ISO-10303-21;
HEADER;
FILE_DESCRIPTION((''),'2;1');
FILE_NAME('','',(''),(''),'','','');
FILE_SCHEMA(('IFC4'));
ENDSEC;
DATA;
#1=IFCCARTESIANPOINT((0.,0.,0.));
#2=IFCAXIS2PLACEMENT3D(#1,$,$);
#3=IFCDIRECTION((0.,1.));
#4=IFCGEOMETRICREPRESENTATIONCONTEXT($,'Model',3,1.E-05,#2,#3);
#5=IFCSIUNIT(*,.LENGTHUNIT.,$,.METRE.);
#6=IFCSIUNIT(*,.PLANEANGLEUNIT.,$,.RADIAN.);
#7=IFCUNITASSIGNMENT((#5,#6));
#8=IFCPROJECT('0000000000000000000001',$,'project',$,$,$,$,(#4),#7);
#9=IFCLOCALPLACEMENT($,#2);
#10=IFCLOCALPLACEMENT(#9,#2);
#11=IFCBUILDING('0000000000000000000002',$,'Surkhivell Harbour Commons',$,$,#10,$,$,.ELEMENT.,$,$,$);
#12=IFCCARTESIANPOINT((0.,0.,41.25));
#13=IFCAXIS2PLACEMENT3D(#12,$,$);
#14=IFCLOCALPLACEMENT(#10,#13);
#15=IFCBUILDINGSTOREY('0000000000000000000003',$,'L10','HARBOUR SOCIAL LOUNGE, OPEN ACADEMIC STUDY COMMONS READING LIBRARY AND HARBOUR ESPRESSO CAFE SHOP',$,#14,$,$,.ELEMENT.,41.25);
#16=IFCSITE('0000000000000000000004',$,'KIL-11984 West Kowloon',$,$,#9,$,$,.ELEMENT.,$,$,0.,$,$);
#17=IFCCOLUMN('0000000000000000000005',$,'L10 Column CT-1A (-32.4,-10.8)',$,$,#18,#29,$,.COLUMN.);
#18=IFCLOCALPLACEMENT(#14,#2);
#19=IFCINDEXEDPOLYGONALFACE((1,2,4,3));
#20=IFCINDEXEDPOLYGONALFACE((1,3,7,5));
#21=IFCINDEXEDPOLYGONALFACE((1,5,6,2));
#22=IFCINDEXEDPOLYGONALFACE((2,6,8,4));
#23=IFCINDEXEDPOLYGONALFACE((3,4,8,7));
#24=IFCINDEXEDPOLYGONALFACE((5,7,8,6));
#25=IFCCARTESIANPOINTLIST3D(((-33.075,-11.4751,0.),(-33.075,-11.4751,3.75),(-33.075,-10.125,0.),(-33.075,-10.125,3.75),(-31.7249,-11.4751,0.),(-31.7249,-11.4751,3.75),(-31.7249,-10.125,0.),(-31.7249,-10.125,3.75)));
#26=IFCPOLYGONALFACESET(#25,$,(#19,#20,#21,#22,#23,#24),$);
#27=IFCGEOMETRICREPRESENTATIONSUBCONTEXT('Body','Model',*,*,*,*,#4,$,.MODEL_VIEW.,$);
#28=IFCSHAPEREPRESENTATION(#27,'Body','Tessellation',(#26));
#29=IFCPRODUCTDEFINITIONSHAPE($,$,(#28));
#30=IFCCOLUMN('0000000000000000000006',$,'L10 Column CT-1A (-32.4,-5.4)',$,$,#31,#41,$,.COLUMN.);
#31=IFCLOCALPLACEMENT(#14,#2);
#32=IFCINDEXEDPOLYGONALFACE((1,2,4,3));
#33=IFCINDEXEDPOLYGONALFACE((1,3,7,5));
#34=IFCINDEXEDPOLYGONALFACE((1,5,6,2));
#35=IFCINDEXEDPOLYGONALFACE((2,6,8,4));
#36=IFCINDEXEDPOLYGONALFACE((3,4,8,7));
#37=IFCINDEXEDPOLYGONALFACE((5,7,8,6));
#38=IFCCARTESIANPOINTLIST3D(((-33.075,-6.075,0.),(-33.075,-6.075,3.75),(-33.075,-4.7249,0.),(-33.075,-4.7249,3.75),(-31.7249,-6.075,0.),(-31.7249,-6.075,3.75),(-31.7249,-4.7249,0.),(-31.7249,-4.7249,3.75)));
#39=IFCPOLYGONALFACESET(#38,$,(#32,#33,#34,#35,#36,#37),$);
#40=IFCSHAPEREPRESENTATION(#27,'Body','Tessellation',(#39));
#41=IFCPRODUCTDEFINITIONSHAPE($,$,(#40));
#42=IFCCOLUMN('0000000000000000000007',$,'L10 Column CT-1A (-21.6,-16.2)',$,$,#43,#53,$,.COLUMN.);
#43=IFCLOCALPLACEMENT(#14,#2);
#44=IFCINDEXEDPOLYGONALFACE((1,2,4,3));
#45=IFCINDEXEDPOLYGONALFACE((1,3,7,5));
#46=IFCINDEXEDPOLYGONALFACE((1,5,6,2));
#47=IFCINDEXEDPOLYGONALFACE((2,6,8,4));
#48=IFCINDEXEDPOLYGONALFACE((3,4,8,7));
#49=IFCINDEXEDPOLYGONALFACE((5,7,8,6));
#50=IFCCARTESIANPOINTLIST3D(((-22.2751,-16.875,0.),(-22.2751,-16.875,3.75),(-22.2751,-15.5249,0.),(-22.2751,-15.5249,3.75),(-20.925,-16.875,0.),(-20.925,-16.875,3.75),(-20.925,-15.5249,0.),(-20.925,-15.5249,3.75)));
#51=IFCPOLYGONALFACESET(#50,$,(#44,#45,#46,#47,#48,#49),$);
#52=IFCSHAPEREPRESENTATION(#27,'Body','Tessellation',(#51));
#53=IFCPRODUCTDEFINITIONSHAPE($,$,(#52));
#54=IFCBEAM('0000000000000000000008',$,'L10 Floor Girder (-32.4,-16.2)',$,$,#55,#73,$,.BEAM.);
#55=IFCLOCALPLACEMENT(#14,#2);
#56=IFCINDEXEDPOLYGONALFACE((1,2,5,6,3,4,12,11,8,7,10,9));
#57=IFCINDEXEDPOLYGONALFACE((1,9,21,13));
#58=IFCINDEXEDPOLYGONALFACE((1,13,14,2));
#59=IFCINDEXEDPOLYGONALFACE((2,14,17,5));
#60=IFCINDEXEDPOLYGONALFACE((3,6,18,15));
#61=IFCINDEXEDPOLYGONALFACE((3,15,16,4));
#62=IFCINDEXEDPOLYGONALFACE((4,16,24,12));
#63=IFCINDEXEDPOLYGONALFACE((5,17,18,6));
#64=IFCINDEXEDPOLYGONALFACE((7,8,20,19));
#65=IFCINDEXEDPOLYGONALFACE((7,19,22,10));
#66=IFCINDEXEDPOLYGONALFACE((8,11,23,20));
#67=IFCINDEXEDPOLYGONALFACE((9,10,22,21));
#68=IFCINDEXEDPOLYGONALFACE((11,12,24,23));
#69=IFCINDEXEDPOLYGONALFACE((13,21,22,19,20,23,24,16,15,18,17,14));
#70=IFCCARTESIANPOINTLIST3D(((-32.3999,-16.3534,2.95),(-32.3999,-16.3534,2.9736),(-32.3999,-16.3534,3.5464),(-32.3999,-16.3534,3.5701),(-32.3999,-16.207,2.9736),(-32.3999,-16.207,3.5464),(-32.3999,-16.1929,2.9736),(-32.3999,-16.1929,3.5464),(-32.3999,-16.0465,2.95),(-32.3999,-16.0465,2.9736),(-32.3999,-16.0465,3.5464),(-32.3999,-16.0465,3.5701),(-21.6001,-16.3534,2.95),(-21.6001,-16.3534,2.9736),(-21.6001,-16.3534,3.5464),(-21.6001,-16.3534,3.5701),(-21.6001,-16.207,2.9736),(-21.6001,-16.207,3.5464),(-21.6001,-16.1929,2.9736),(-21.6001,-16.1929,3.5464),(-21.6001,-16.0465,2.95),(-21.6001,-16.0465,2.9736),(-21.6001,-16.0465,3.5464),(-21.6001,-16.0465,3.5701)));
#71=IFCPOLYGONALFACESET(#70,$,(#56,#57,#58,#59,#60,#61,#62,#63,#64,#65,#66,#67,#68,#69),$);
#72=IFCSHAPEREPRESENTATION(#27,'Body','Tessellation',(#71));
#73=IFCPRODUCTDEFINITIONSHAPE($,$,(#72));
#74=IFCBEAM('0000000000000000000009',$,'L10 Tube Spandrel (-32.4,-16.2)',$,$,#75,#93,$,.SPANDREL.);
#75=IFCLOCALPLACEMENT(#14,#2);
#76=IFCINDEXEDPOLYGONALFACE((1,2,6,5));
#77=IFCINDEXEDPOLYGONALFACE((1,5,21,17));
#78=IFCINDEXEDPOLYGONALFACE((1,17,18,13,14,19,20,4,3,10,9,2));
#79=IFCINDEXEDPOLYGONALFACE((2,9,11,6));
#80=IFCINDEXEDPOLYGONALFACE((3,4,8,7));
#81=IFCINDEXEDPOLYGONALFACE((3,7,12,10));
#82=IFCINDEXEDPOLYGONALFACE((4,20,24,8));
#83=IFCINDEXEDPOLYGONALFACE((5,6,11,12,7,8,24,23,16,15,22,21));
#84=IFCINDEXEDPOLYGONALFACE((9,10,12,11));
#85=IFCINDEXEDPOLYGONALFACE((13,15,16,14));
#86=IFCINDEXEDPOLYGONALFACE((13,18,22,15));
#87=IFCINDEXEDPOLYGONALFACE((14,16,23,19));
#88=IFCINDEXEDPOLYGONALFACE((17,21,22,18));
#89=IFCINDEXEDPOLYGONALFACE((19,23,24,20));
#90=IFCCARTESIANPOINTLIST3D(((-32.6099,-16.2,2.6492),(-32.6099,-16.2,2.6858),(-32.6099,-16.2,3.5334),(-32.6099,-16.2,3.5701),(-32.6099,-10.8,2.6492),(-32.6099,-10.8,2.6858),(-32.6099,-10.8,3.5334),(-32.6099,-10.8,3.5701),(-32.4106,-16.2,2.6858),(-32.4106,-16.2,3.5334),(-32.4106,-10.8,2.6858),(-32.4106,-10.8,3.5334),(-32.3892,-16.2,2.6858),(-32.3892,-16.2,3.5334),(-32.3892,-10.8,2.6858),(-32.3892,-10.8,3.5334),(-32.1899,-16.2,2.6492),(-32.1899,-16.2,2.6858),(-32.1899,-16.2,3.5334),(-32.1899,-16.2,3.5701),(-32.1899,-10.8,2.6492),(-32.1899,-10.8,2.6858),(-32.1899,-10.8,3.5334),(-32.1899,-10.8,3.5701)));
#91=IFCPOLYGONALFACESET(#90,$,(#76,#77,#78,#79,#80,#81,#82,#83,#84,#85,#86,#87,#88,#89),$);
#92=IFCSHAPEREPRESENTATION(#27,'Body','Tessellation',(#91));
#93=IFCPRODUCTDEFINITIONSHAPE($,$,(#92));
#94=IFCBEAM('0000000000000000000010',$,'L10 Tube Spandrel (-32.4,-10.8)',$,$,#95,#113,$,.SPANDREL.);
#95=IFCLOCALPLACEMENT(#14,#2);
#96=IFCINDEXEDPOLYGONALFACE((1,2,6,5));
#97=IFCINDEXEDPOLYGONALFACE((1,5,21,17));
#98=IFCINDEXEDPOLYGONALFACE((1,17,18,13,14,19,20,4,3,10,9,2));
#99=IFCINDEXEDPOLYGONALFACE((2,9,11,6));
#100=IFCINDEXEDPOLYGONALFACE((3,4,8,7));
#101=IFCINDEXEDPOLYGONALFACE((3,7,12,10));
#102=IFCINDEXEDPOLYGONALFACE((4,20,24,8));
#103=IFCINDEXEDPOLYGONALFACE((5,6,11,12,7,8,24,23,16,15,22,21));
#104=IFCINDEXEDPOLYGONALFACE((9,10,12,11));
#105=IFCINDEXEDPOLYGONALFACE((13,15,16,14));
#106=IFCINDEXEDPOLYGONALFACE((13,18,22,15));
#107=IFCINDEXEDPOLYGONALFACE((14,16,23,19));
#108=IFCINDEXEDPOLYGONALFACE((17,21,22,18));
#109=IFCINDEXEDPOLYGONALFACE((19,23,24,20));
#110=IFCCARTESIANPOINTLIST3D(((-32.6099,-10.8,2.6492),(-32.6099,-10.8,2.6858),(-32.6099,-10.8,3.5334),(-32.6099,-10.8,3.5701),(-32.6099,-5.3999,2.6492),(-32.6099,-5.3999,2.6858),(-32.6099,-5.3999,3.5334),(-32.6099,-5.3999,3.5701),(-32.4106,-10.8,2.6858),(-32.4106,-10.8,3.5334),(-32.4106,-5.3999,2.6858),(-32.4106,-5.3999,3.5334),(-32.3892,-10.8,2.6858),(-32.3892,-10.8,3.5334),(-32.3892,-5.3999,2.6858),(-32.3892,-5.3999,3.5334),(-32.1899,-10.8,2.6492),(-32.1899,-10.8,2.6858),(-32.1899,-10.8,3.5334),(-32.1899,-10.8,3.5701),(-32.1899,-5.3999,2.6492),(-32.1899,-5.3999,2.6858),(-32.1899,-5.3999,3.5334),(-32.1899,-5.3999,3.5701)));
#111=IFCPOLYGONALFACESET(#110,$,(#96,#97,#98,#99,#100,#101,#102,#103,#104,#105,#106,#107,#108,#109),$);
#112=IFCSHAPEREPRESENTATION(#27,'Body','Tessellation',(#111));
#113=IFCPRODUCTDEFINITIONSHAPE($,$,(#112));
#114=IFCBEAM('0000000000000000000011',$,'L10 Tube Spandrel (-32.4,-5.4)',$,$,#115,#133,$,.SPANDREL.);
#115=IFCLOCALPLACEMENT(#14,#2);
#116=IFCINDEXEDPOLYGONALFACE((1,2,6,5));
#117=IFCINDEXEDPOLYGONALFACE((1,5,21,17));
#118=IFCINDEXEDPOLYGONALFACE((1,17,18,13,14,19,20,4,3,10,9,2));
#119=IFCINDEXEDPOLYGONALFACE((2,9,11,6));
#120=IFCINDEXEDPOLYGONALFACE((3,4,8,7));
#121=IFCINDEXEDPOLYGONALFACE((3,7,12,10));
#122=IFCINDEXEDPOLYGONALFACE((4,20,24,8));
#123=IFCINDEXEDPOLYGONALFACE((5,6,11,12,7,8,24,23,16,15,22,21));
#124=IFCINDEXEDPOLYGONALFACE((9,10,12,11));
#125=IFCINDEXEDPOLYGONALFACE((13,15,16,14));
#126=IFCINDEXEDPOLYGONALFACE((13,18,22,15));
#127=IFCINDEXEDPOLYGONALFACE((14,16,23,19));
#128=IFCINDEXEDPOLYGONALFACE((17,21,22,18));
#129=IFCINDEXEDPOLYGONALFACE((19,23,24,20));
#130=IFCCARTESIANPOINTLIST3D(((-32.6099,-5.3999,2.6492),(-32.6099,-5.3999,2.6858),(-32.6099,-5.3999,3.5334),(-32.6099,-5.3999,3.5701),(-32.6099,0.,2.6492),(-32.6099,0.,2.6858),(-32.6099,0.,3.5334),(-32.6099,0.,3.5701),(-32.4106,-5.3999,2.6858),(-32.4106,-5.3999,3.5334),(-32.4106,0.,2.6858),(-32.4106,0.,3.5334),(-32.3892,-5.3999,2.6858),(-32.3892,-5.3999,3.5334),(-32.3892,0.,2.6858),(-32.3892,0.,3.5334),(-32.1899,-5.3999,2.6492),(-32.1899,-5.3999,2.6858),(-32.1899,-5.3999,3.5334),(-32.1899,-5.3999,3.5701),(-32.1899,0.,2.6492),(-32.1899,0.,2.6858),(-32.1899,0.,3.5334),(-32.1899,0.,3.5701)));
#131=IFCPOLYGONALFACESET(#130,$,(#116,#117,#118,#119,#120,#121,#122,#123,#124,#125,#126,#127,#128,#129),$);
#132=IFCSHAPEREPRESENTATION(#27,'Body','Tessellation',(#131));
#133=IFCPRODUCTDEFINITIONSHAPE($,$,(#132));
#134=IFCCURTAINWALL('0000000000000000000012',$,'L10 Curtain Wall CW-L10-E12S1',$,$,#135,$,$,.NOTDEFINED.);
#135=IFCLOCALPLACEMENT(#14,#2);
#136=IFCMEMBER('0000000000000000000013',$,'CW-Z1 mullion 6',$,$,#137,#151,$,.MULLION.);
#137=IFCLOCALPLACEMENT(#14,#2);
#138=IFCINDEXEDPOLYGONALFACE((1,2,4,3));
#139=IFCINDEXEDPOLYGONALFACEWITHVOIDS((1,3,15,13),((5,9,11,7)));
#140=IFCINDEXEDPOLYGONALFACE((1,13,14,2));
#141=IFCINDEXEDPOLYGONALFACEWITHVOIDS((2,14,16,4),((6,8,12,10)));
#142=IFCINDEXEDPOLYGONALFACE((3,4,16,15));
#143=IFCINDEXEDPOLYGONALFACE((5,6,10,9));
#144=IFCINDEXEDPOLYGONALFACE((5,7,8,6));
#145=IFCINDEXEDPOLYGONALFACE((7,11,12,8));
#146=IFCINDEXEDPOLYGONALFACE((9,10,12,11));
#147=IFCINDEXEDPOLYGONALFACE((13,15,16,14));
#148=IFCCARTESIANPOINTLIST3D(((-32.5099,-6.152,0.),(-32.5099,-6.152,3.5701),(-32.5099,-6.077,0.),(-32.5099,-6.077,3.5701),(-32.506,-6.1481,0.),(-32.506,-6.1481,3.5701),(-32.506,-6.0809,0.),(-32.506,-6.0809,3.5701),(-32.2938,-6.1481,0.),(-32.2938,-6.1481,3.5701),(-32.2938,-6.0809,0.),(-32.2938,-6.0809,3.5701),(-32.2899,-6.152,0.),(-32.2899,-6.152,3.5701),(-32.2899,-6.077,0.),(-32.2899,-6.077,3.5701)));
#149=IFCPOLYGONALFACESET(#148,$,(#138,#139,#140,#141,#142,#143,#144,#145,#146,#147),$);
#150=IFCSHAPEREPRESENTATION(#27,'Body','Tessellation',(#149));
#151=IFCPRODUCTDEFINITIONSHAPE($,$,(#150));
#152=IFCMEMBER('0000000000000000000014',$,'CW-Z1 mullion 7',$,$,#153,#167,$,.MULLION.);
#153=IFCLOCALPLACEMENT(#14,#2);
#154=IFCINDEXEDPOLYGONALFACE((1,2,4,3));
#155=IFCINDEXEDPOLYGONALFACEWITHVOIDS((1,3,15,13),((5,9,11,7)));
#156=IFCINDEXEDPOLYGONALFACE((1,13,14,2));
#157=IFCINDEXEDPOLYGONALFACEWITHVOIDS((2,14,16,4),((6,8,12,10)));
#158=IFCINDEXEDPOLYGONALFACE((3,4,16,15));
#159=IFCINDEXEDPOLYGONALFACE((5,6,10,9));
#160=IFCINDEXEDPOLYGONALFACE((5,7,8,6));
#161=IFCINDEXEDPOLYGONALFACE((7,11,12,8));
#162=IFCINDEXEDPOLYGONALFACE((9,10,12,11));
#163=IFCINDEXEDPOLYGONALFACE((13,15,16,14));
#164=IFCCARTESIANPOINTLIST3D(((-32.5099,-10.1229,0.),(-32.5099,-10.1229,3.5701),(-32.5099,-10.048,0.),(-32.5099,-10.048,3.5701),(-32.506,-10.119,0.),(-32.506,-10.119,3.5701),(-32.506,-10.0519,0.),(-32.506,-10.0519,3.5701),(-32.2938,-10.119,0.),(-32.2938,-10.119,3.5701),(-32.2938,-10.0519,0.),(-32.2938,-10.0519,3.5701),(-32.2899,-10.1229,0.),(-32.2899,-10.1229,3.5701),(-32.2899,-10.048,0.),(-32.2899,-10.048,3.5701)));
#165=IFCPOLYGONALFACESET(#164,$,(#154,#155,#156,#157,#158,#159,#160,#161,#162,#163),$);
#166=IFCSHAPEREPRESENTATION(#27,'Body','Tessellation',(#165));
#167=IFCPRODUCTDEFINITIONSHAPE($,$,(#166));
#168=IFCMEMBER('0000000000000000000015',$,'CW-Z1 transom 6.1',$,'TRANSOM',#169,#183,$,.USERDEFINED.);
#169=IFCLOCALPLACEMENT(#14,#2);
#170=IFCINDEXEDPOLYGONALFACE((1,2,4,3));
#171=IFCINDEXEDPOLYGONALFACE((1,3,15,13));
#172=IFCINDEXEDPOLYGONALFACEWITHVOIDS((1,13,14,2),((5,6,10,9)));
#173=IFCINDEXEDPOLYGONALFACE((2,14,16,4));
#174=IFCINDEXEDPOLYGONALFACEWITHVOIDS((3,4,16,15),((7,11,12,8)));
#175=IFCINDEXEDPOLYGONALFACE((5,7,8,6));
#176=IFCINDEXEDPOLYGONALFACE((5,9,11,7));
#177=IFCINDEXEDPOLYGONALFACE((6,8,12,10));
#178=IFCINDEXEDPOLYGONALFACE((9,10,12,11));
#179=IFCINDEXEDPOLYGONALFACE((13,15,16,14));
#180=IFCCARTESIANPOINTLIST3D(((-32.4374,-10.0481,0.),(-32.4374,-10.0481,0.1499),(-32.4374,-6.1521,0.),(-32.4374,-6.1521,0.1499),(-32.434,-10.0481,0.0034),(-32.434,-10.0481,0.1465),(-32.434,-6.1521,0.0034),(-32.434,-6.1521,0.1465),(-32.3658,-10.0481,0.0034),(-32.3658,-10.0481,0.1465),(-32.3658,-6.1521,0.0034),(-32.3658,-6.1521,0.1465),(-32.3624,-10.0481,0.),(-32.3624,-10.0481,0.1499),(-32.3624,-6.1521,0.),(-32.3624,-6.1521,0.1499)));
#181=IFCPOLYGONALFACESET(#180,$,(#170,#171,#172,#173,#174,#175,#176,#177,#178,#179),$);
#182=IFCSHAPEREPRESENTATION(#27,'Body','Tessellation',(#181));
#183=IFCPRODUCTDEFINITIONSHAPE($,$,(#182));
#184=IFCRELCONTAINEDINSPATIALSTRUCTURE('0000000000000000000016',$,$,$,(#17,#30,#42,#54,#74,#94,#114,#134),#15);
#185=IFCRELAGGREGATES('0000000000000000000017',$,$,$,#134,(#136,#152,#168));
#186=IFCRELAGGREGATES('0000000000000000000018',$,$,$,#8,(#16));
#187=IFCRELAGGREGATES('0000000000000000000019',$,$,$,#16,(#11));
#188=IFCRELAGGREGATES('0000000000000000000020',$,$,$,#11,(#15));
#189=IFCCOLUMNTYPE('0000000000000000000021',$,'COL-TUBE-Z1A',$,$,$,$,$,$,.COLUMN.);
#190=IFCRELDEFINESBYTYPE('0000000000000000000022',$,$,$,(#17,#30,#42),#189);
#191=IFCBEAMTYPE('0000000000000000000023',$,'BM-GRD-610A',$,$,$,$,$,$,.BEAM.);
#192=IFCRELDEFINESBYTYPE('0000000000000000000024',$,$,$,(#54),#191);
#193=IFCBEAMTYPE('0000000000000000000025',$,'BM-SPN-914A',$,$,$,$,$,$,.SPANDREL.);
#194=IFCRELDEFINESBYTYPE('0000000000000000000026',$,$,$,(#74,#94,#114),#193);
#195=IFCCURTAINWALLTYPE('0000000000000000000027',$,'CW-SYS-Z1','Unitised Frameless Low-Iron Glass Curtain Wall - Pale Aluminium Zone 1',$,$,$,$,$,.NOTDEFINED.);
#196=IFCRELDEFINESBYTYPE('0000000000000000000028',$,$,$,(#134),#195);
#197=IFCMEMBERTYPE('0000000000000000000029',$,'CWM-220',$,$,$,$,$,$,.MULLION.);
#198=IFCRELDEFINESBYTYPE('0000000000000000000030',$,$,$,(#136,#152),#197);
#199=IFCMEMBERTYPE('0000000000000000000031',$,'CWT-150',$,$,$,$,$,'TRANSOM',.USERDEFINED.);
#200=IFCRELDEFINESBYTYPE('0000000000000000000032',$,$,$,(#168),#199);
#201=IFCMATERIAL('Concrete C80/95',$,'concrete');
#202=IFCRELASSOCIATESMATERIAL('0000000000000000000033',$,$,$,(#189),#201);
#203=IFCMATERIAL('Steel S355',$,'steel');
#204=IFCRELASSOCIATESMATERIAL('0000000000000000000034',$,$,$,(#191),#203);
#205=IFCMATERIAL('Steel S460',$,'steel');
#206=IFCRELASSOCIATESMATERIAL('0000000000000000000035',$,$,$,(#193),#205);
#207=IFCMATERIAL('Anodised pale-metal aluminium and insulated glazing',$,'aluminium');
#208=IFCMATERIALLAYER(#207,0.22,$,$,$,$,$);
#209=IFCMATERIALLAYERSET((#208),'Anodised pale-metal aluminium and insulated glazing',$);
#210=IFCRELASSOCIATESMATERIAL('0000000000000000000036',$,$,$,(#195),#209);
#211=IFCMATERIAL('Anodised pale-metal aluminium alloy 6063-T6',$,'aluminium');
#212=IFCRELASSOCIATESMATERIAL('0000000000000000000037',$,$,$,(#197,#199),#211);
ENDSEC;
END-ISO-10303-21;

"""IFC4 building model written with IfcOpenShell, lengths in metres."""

from ifc_helpers import new_model, si_unit, direction, frame, origin, origin_2d, place, context, subcontext, project, spatial, rectangle, hollow_rectangle, i_section, extrude, material, layer, layer_set, material_profile, profile_set, type_object, element, aggregate, save


model = new_model("IFC4")

# Units and contexts
model_context = context("Model", 3, precision=1e-05, world=origin(), true_north=direction((0.0, 1.0)))
body_context = subcontext(model_context, "Body", "Model", "MODEL_VIEW")
ifc_project = project(units=[si_unit("LENGTHUNIT", "METRE"), si_unit("PLANEANGLEUNIT", "RADIAN")], contexts=[model_context])

# Site, building, storey
site_placement = place(None, origin())
site = spatial("IfcSite", under=ifc_project, at=site_placement, Name="KIL-11984 West Kowloon", CompositionType="ELEMENT", RefElevation=0.0)
building_placement = place(site_placement, origin())
building = spatial("IfcBuilding", under=site, at=building_placement, Name="Surkhivell Harbour Commons", CompositionType="ELEMENT")
storey_placement = place(building_placement, frame((0.0, 0.0, 41.25)))
storey = spatial("IfcBuildingStorey", under=building, at=storey_placement, Name="L10", Description="HARBOUR SOCIAL LOUNGE, OPEN ACADEMIC STUDY COMMONS READING LIBRARY AND HARBOUR ESPRESSO CAFE SHOP", CompositionType="ELEMENT", Elevation=41.25)

# Columns
ifc_material_1 = material(Name="Concrete C80/95", Category="concrete")
ifc_material_profile_1 = material_profile(ifc_material_1, rectangle(XDim=1.3501, YDim=1.3501, at=origin_2d()), Name="RC-COL-1350x1350")
ifc_profile_set_1 = profile_set([ifc_material_profile_1], Name="Concrete C80/95")
column_type = type_object("IfcColumnType", Name="COL-TUBE-Z1A", PredefinedType="COLUMN", material=ifc_profile_set_1)
for number, where, z_axis, x_axis, name in (
    (1, (-32.3999, -10.8, 0.0), (0.0, 0.0, 1.0), (1.0, 0.0, 0.0), "L10 Column CT-1A (-32.4,-10.8)"),
    (2, (-32.3999, -5.3999, 0.0), (0.0, 0.0, 1.0), (1.0, 0.0, 0.0), "L10 Column CT-1A (-32.4,-5.4)"),
    (3, (-21.6001, -16.2, 0.0), (0.0, 0.0, 1.0), (1.0, 0.0, 0.0), "L10 Column CT-1A (-21.6,-16.2)"),
):
    element("IfcColumn", number, at=place(storey_placement, frame(where, z_axis=z_axis, x_axis=x_axis)), inside=storey, type_object=column_type, Name=name, PredefinedType="COLUMN", context=body_context, shape_type="SweptSolid", body=[
        extrude(rectangle(XDim=1.3501, YDim=1.3501, at=origin_2d()), origin(), (0.0, 0.0, 1.0), 3.75),
    ])

# Beams
ifc_material_2 = material(Name="Steel S355", Category="steel")
ifc_material_profile_2 = material_profile(ifc_material_2, i_section(OverallWidth=0.3069, OverallDepth=0.6201, WebThickness=0.0142, FlangeThickness=0.0237, at=origin_2d()), Name="UB610x305x179")
ifc_profile_set_2 = profile_set([ifc_material_profile_2], Name="Steel S355")
beam_type_1 = type_object("IfcBeamType", Name="BM-GRD-610A", PredefinedType="BEAM", material=ifc_profile_set_2)
beam_1_placement = place(storey_placement, frame((-32.3999, -16.2, 3.26), z_axis=(1.0, 0.0, 0.0), x_axis=(0.0, 1.0, 0.0)))
element("IfcBeam", 4, at=beam_1_placement, inside=storey, type_object=beam_type_1, Name="L10 Floor Girder (-32.4,-16.2)", PredefinedType="BEAM", context=body_context, shape_type="SweptSolid", body=[
    extrude(i_section(OverallWidth=0.3069, OverallDepth=0.6201, WebThickness=0.0142, FlangeThickness=0.0237, at=origin_2d()), origin(), (0.0, 0.0, 1.0), 10.7998),
])
ifc_material_3 = material(Name="Steel S460", Category="steel")
ifc_material_profile_3 = material_profile(ifc_material_3, i_section(OverallWidth=0.4199, OverallDepth=0.9209, WebThickness=0.0215, FlangeThickness=0.0366, at=origin_2d()), Name="UB914x419x388")
ifc_profile_set_3 = profile_set([ifc_material_profile_3], Name="Steel S460")
beam_type_2 = type_object("IfcBeamType", Name="BM-SPN-914A", PredefinedType="SPANDREL", material=ifc_profile_set_3)
beam_2_placement = place(storey_placement, frame((-32.3999, -16.2, 3.1096), z_axis=(0.0, 1.0, 0.0), x_axis=(-1.0, 0.0, 0.0)))
element("IfcBeam", 5, at=beam_2_placement, inside=storey, type_object=beam_type_2, Name="L10 Tube Spandrel (-32.4,-16.2)", PredefinedType="SPANDREL", context=body_context, shape_type="SweptSolid", body=[
    extrude(i_section(OverallWidth=0.4199, OverallDepth=0.9209, WebThickness=0.0215, FlangeThickness=0.0366, at=origin_2d()), origin(), (0.0, 0.0, 1.0), 5.3999),
])
beam_3_placement = place(storey_placement, frame((-32.3999, -10.8, 3.1096), z_axis=(0.0, 1.0, 0.0), x_axis=(-1.0, 0.0, 0.0)))
element("IfcBeam", 6, at=beam_3_placement, inside=storey, type_object=beam_type_2, Name="L10 Tube Spandrel (-32.4,-10.8)", PredefinedType="SPANDREL", context=body_context, shape_type="SweptSolid", body=[
    extrude(i_section(OverallWidth=0.4199, OverallDepth=0.9209, WebThickness=0.0215, FlangeThickness=0.0366, at=origin_2d()), origin(), (0.0, 0.0, 1.0), 5.4001),
])
beam_4_placement = place(storey_placement, frame((-32.3999, -5.3999, 3.1096), z_axis=(0.0, 1.0, 0.0), x_axis=(-1.0, 0.0, 0.0)))
element("IfcBeam", 7, at=beam_4_placement, inside=storey, type_object=beam_type_2, Name="L10 Tube Spandrel (-32.4,-5.4)", PredefinedType="SPANDREL", context=body_context, shape_type="SweptSolid", body=[
    extrude(i_section(OverallWidth=0.4199, OverallDepth=0.9209, WebThickness=0.0215, FlangeThickness=0.0366, at=origin_2d()), origin(), (0.0, 0.0, 1.0), 5.3999),
])

# Curtain wall, members
ifc_material_4 = material(Name="Anodised pale-metal aluminium and insulated glazing", Category="aluminium")
ifc_layer_1 = layer(ifc_material_4, 0.22)
ifc_layer_set_1 = layer_set([ifc_layer_1], Name="Anodised pale-metal aluminium and insulated glazing")
curtain_wall_type = type_object("IfcCurtainWallType", Name="CW-SYS-Z1", Description="Unitised Frameless Low-Iron Glass Curtain Wall - Pale Aluminium Zone 1", PredefinedType="NOTDEFINED", material=ifc_layer_set_1)
curtain_wall_placement = place(storey_placement, origin())
curtain_wall = element("IfcCurtainWall", 8, at=curtain_wall_placement, inside=storey, type_object=curtain_wall_type, Name="L10 Curtain Wall CW-L10-E12S1", PredefinedType="NOTDEFINED")
ifc_material_5 = material(Name="Anodised pale-metal aluminium alloy 6063-T6", Category="aluminium")
ifc_material_profile_4 = material_profile(ifc_material_5, hollow_rectangle(XDim=0.075, YDim=0.22, WallThickness=0.0039, at=origin_2d()), Name="ALU-MULL-75x220")
ifc_profile_set_4 = profile_set([ifc_material_profile_4], Name="Anodised pale-metal aluminium alloy 6063-T6")
member_type_1 = type_object("IfcMemberType", Name="CWM-220", PredefinedType="MULLION", material=ifc_profile_set_4)
member_1_placement = place(storey_placement, frame((-32.3999, -6.1145, 0.0), z_axis=(0.0, 0.0, 1.0), x_axis=(0.0, -1.0, 0.0)))
member_1 = element("IfcMember", 9, at=member_1_placement, type_object=member_type_1, Name="CW-Z1 mullion 6", PredefinedType="MULLION", context=body_context, shape_type="SweptSolid", body=[
    extrude(hollow_rectangle(XDim=0.075, YDim=0.22, WallThickness=0.0039, at=origin_2d()), origin(), (0.0, 0.0, 1.0), 3.5701),
])
member_2_placement = place(storey_placement, frame((-32.3999, -10.0854, 0.0), z_axis=(0.0, 0.0, 1.0), x_axis=(0.0, -1.0, 0.0)))
member_2 = element("IfcMember", 10, at=member_2_placement, type_object=member_type_1, Name="CW-Z1 mullion 7", PredefinedType="MULLION", context=body_context, shape_type="SweptSolid", body=[
    extrude(hollow_rectangle(XDim=0.075, YDim=0.22, WallThickness=0.0039, at=origin_2d()), origin(), (0.0, 0.0, 1.0), 3.5701),
])
ifc_material_profile_5 = material_profile(ifc_material_5, hollow_rectangle(XDim=0.075, YDim=0.1499, WallThickness=0.0034, at=origin_2d()), Name="ALU-TRAN-75x150")
ifc_profile_set_5 = profile_set([ifc_material_profile_5], Name="Anodised pale-metal aluminium alloy 6063-T6")
member_type_2 = type_object("IfcMemberType", Name="CWT-150", ElementType="TRANSOM", PredefinedType="USERDEFINED", material=ifc_profile_set_5)
member_3_placement = place(storey_placement, frame((-32.3999, -6.1521, 0.075), z_axis=(0.0, -1.0, 0.0), x_axis=(1.0, 0.0, 0.0)))
member_3 = element("IfcMember", 11, at=member_3_placement, type_object=member_type_2, Name="CW-Z1 transom 6.1", ObjectType="TRANSOM", PredefinedType="USERDEFINED", context=body_context, shape_type="SweptSolid", body=[
    extrude(hollow_rectangle(XDim=0.075, YDim=0.1499, WallThickness=0.0034, at=origin_2d()), origin(), (0.0, 0.0, 1.0), 3.896),
])

aggregate(curtain_wall, [member_1, member_2, member_3])

save(model, "model.ifc")
